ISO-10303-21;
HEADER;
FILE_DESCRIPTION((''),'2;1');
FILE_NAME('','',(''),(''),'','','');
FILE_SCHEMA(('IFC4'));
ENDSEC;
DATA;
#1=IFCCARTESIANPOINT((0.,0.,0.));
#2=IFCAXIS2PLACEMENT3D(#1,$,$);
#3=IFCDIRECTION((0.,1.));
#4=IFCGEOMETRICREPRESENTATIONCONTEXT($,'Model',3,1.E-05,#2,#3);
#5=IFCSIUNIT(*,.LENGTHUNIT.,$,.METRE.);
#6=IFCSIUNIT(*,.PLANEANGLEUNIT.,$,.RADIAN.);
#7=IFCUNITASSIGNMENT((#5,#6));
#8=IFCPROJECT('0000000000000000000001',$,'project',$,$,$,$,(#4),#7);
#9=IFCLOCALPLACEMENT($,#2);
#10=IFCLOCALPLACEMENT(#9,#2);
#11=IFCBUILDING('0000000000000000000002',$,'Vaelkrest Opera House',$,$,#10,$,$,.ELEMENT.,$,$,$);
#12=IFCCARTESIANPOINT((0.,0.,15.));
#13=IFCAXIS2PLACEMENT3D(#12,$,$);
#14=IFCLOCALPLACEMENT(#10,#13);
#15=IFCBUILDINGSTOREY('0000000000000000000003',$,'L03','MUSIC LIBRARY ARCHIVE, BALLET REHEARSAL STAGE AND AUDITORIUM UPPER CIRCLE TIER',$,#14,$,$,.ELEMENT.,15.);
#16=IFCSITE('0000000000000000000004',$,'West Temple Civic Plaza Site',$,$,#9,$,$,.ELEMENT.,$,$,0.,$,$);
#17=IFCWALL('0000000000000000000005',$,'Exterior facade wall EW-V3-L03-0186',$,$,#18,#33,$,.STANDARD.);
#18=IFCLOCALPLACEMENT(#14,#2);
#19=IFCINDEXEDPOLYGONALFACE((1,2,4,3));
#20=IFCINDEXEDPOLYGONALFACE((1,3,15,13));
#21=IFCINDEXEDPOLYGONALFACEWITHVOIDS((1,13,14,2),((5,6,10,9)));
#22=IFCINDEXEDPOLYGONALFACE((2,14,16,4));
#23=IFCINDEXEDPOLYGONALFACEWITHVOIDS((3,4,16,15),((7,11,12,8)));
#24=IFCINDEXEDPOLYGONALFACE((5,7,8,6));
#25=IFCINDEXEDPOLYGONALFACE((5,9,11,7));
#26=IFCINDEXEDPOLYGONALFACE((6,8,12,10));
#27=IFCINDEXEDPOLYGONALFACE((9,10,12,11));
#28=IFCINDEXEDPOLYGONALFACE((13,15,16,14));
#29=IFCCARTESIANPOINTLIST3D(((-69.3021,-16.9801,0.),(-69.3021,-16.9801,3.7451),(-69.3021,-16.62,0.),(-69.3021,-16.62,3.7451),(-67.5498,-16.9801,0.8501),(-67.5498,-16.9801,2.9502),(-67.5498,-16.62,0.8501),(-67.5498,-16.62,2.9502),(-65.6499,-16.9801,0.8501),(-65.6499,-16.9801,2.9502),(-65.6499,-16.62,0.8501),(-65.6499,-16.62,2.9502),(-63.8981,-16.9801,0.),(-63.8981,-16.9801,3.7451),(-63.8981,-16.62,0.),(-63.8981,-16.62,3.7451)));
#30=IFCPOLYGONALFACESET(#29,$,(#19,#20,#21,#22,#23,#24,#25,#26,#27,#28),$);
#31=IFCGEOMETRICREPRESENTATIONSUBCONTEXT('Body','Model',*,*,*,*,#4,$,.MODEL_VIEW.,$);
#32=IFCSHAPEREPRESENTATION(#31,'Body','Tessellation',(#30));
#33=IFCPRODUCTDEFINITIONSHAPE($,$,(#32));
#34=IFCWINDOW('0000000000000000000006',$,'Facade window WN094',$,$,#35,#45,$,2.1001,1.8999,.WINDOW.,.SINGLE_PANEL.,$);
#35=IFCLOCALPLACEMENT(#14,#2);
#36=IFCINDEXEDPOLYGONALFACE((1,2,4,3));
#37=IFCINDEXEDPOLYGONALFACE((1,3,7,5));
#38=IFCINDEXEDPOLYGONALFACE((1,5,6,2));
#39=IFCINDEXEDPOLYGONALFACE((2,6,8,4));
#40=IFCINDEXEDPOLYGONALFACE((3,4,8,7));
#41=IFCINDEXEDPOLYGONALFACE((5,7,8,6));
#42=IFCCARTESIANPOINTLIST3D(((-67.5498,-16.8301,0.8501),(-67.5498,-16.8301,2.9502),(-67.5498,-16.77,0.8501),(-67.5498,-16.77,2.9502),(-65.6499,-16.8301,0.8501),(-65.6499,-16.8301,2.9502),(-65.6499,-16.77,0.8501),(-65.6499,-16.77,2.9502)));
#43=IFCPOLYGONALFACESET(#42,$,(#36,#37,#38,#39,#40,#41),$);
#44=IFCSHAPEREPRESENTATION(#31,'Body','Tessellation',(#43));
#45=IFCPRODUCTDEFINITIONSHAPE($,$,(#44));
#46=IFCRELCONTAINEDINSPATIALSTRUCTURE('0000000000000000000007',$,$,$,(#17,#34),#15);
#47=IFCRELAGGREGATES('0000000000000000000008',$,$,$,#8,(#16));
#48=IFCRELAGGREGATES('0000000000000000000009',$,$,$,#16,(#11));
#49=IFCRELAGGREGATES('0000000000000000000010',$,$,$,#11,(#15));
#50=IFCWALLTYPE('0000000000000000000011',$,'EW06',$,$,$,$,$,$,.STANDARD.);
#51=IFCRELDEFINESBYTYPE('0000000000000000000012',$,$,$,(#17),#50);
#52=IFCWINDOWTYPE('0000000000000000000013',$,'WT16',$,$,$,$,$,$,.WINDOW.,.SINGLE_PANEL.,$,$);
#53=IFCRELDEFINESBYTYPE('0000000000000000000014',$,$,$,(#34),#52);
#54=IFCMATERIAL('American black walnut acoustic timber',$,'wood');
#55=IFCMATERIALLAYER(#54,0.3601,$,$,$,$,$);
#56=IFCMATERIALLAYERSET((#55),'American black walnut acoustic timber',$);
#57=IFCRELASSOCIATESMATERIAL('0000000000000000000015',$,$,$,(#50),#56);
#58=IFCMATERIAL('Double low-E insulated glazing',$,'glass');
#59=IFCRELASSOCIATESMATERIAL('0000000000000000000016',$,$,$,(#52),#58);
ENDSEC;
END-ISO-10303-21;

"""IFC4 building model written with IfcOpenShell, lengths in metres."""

from ifc_helpers import new_model, si_unit, direction, frame, frame_2d, origin, place, context, subcontext, project, spatial, rectangle, extrude, material, layer, layer_set, type_object, element, fill, save


model = new_model("IFC4")

# Units and contexts
model_context = context("Model", 3, precision=1e-05, world=origin(), true_north=direction((0.0, 1.0)))
body_context = subcontext(model_context, "Body", "Model", "MODEL_VIEW")
ifc_project = project(units=[si_unit("LENGTHUNIT", "METRE"), si_unit("PLANEANGLEUNIT", "RADIAN")], contexts=[model_context])

# Site, building, storey
site_placement = place(None, origin())
site = spatial("IfcSite", under=ifc_project, at=site_placement, Name="West Temple Civic Plaza Site", CompositionType="ELEMENT", RefElevation=0.0)
building_placement = place(site_placement, origin())
building = spatial("IfcBuilding", under=site, at=building_placement, Name="Vaelkrest Opera House", CompositionType="ELEMENT")
storey_placement = place(building_placement, frame((0.0, 0.0, 15.0)))
storey = spatial("IfcBuildingStorey", under=building, at=storey_placement, Name="L03", Description="MUSIC LIBRARY ARCHIVE, BALLET REHEARSAL STAGE AND AUDITORIUM UPPER CIRCLE TIER", CompositionType="ELEMENT", Elevation=15.0)

# Wall, opening, window
ifc_material_1 = material(Name="American black walnut acoustic timber", Category="wood")
ifc_layer_1 = layer(ifc_material_1, 0.3601)
ifc_layer_set_1 = layer_set([ifc_layer_1], Name="American black walnut acoustic timber")
wall_type = type_object("IfcWallType", Name="EW06", PredefinedType="STANDARD", material=ifc_layer_set_1)
wall_placement = place(storey_placement, frame((-63.8979, -16.8, 0.0), z_axis=(0.0, 0.0, 1.0), x_axis=(-1.0, 0.0, 0.0)))
wall = element("IfcWall", 1, at=wall_placement, inside=storey, type_object=wall_type, Name="Exterior facade wall EW-V3-L03-0186", PredefinedType="STANDARD", context=body_context, shape_type="SweptSolid", body=[
    extrude(rectangle(XDim=5.4041, YDim=0.3601, at=frame_2d((2.7021, 0.0))), origin(), (0.0, 0.0, 1.0), 3.7451),
])
opening_placement = place(wall_placement, frame((1.752, 0.0, 0.8501)))
opening = element("IfcOpeningElement", 2, at=opening_placement, cuts=wall, PredefinedType="OPENING", context=body_context, shape_type="SweptSolid", body=[
    extrude(rectangle(XDim=1.8999, YDim=2.1001, at=frame_2d((0.95, 1.05))), frame((0.0, 0.1899, 0.0), z_axis=(0.0, -1.0, 0.0), x_axis=(1.0, 0.0, 0.0)), (0.0, 0.0, 1.0), 0.3801),
])
ifc_material_2 = material(Name="Double low-E insulated glazing", Category="glass")
window_type = type_object("IfcWindowType", Name="WT16", PartitioningType="SINGLE_PANEL", PredefinedType="WINDOW", material=ifc_material_2)
window_placement = place(opening_placement, origin())
window = element("IfcWindow", 3, at=window_placement, inside=storey, type_object=window_type, Name="Facade window WN094", OverallHeight=2.1001, OverallWidth=1.8999, PartitioningType="SINGLE_PANEL", PredefinedType="WINDOW", context=body_context, shape_type="SweptSolid", body=[
    extrude(rectangle(XDim=1.8999, YDim=2.1001, at=frame_2d((0.95, 1.05))), frame((0.0, 0.03, 0.0), z_axis=(0.0, -1.0, 0.0), x_axis=(1.0, 0.0, 0.0)), (0.0, 0.0, 1.0), 0.0601),
])
fill(opening, window)

save(model, "model.ifc")
